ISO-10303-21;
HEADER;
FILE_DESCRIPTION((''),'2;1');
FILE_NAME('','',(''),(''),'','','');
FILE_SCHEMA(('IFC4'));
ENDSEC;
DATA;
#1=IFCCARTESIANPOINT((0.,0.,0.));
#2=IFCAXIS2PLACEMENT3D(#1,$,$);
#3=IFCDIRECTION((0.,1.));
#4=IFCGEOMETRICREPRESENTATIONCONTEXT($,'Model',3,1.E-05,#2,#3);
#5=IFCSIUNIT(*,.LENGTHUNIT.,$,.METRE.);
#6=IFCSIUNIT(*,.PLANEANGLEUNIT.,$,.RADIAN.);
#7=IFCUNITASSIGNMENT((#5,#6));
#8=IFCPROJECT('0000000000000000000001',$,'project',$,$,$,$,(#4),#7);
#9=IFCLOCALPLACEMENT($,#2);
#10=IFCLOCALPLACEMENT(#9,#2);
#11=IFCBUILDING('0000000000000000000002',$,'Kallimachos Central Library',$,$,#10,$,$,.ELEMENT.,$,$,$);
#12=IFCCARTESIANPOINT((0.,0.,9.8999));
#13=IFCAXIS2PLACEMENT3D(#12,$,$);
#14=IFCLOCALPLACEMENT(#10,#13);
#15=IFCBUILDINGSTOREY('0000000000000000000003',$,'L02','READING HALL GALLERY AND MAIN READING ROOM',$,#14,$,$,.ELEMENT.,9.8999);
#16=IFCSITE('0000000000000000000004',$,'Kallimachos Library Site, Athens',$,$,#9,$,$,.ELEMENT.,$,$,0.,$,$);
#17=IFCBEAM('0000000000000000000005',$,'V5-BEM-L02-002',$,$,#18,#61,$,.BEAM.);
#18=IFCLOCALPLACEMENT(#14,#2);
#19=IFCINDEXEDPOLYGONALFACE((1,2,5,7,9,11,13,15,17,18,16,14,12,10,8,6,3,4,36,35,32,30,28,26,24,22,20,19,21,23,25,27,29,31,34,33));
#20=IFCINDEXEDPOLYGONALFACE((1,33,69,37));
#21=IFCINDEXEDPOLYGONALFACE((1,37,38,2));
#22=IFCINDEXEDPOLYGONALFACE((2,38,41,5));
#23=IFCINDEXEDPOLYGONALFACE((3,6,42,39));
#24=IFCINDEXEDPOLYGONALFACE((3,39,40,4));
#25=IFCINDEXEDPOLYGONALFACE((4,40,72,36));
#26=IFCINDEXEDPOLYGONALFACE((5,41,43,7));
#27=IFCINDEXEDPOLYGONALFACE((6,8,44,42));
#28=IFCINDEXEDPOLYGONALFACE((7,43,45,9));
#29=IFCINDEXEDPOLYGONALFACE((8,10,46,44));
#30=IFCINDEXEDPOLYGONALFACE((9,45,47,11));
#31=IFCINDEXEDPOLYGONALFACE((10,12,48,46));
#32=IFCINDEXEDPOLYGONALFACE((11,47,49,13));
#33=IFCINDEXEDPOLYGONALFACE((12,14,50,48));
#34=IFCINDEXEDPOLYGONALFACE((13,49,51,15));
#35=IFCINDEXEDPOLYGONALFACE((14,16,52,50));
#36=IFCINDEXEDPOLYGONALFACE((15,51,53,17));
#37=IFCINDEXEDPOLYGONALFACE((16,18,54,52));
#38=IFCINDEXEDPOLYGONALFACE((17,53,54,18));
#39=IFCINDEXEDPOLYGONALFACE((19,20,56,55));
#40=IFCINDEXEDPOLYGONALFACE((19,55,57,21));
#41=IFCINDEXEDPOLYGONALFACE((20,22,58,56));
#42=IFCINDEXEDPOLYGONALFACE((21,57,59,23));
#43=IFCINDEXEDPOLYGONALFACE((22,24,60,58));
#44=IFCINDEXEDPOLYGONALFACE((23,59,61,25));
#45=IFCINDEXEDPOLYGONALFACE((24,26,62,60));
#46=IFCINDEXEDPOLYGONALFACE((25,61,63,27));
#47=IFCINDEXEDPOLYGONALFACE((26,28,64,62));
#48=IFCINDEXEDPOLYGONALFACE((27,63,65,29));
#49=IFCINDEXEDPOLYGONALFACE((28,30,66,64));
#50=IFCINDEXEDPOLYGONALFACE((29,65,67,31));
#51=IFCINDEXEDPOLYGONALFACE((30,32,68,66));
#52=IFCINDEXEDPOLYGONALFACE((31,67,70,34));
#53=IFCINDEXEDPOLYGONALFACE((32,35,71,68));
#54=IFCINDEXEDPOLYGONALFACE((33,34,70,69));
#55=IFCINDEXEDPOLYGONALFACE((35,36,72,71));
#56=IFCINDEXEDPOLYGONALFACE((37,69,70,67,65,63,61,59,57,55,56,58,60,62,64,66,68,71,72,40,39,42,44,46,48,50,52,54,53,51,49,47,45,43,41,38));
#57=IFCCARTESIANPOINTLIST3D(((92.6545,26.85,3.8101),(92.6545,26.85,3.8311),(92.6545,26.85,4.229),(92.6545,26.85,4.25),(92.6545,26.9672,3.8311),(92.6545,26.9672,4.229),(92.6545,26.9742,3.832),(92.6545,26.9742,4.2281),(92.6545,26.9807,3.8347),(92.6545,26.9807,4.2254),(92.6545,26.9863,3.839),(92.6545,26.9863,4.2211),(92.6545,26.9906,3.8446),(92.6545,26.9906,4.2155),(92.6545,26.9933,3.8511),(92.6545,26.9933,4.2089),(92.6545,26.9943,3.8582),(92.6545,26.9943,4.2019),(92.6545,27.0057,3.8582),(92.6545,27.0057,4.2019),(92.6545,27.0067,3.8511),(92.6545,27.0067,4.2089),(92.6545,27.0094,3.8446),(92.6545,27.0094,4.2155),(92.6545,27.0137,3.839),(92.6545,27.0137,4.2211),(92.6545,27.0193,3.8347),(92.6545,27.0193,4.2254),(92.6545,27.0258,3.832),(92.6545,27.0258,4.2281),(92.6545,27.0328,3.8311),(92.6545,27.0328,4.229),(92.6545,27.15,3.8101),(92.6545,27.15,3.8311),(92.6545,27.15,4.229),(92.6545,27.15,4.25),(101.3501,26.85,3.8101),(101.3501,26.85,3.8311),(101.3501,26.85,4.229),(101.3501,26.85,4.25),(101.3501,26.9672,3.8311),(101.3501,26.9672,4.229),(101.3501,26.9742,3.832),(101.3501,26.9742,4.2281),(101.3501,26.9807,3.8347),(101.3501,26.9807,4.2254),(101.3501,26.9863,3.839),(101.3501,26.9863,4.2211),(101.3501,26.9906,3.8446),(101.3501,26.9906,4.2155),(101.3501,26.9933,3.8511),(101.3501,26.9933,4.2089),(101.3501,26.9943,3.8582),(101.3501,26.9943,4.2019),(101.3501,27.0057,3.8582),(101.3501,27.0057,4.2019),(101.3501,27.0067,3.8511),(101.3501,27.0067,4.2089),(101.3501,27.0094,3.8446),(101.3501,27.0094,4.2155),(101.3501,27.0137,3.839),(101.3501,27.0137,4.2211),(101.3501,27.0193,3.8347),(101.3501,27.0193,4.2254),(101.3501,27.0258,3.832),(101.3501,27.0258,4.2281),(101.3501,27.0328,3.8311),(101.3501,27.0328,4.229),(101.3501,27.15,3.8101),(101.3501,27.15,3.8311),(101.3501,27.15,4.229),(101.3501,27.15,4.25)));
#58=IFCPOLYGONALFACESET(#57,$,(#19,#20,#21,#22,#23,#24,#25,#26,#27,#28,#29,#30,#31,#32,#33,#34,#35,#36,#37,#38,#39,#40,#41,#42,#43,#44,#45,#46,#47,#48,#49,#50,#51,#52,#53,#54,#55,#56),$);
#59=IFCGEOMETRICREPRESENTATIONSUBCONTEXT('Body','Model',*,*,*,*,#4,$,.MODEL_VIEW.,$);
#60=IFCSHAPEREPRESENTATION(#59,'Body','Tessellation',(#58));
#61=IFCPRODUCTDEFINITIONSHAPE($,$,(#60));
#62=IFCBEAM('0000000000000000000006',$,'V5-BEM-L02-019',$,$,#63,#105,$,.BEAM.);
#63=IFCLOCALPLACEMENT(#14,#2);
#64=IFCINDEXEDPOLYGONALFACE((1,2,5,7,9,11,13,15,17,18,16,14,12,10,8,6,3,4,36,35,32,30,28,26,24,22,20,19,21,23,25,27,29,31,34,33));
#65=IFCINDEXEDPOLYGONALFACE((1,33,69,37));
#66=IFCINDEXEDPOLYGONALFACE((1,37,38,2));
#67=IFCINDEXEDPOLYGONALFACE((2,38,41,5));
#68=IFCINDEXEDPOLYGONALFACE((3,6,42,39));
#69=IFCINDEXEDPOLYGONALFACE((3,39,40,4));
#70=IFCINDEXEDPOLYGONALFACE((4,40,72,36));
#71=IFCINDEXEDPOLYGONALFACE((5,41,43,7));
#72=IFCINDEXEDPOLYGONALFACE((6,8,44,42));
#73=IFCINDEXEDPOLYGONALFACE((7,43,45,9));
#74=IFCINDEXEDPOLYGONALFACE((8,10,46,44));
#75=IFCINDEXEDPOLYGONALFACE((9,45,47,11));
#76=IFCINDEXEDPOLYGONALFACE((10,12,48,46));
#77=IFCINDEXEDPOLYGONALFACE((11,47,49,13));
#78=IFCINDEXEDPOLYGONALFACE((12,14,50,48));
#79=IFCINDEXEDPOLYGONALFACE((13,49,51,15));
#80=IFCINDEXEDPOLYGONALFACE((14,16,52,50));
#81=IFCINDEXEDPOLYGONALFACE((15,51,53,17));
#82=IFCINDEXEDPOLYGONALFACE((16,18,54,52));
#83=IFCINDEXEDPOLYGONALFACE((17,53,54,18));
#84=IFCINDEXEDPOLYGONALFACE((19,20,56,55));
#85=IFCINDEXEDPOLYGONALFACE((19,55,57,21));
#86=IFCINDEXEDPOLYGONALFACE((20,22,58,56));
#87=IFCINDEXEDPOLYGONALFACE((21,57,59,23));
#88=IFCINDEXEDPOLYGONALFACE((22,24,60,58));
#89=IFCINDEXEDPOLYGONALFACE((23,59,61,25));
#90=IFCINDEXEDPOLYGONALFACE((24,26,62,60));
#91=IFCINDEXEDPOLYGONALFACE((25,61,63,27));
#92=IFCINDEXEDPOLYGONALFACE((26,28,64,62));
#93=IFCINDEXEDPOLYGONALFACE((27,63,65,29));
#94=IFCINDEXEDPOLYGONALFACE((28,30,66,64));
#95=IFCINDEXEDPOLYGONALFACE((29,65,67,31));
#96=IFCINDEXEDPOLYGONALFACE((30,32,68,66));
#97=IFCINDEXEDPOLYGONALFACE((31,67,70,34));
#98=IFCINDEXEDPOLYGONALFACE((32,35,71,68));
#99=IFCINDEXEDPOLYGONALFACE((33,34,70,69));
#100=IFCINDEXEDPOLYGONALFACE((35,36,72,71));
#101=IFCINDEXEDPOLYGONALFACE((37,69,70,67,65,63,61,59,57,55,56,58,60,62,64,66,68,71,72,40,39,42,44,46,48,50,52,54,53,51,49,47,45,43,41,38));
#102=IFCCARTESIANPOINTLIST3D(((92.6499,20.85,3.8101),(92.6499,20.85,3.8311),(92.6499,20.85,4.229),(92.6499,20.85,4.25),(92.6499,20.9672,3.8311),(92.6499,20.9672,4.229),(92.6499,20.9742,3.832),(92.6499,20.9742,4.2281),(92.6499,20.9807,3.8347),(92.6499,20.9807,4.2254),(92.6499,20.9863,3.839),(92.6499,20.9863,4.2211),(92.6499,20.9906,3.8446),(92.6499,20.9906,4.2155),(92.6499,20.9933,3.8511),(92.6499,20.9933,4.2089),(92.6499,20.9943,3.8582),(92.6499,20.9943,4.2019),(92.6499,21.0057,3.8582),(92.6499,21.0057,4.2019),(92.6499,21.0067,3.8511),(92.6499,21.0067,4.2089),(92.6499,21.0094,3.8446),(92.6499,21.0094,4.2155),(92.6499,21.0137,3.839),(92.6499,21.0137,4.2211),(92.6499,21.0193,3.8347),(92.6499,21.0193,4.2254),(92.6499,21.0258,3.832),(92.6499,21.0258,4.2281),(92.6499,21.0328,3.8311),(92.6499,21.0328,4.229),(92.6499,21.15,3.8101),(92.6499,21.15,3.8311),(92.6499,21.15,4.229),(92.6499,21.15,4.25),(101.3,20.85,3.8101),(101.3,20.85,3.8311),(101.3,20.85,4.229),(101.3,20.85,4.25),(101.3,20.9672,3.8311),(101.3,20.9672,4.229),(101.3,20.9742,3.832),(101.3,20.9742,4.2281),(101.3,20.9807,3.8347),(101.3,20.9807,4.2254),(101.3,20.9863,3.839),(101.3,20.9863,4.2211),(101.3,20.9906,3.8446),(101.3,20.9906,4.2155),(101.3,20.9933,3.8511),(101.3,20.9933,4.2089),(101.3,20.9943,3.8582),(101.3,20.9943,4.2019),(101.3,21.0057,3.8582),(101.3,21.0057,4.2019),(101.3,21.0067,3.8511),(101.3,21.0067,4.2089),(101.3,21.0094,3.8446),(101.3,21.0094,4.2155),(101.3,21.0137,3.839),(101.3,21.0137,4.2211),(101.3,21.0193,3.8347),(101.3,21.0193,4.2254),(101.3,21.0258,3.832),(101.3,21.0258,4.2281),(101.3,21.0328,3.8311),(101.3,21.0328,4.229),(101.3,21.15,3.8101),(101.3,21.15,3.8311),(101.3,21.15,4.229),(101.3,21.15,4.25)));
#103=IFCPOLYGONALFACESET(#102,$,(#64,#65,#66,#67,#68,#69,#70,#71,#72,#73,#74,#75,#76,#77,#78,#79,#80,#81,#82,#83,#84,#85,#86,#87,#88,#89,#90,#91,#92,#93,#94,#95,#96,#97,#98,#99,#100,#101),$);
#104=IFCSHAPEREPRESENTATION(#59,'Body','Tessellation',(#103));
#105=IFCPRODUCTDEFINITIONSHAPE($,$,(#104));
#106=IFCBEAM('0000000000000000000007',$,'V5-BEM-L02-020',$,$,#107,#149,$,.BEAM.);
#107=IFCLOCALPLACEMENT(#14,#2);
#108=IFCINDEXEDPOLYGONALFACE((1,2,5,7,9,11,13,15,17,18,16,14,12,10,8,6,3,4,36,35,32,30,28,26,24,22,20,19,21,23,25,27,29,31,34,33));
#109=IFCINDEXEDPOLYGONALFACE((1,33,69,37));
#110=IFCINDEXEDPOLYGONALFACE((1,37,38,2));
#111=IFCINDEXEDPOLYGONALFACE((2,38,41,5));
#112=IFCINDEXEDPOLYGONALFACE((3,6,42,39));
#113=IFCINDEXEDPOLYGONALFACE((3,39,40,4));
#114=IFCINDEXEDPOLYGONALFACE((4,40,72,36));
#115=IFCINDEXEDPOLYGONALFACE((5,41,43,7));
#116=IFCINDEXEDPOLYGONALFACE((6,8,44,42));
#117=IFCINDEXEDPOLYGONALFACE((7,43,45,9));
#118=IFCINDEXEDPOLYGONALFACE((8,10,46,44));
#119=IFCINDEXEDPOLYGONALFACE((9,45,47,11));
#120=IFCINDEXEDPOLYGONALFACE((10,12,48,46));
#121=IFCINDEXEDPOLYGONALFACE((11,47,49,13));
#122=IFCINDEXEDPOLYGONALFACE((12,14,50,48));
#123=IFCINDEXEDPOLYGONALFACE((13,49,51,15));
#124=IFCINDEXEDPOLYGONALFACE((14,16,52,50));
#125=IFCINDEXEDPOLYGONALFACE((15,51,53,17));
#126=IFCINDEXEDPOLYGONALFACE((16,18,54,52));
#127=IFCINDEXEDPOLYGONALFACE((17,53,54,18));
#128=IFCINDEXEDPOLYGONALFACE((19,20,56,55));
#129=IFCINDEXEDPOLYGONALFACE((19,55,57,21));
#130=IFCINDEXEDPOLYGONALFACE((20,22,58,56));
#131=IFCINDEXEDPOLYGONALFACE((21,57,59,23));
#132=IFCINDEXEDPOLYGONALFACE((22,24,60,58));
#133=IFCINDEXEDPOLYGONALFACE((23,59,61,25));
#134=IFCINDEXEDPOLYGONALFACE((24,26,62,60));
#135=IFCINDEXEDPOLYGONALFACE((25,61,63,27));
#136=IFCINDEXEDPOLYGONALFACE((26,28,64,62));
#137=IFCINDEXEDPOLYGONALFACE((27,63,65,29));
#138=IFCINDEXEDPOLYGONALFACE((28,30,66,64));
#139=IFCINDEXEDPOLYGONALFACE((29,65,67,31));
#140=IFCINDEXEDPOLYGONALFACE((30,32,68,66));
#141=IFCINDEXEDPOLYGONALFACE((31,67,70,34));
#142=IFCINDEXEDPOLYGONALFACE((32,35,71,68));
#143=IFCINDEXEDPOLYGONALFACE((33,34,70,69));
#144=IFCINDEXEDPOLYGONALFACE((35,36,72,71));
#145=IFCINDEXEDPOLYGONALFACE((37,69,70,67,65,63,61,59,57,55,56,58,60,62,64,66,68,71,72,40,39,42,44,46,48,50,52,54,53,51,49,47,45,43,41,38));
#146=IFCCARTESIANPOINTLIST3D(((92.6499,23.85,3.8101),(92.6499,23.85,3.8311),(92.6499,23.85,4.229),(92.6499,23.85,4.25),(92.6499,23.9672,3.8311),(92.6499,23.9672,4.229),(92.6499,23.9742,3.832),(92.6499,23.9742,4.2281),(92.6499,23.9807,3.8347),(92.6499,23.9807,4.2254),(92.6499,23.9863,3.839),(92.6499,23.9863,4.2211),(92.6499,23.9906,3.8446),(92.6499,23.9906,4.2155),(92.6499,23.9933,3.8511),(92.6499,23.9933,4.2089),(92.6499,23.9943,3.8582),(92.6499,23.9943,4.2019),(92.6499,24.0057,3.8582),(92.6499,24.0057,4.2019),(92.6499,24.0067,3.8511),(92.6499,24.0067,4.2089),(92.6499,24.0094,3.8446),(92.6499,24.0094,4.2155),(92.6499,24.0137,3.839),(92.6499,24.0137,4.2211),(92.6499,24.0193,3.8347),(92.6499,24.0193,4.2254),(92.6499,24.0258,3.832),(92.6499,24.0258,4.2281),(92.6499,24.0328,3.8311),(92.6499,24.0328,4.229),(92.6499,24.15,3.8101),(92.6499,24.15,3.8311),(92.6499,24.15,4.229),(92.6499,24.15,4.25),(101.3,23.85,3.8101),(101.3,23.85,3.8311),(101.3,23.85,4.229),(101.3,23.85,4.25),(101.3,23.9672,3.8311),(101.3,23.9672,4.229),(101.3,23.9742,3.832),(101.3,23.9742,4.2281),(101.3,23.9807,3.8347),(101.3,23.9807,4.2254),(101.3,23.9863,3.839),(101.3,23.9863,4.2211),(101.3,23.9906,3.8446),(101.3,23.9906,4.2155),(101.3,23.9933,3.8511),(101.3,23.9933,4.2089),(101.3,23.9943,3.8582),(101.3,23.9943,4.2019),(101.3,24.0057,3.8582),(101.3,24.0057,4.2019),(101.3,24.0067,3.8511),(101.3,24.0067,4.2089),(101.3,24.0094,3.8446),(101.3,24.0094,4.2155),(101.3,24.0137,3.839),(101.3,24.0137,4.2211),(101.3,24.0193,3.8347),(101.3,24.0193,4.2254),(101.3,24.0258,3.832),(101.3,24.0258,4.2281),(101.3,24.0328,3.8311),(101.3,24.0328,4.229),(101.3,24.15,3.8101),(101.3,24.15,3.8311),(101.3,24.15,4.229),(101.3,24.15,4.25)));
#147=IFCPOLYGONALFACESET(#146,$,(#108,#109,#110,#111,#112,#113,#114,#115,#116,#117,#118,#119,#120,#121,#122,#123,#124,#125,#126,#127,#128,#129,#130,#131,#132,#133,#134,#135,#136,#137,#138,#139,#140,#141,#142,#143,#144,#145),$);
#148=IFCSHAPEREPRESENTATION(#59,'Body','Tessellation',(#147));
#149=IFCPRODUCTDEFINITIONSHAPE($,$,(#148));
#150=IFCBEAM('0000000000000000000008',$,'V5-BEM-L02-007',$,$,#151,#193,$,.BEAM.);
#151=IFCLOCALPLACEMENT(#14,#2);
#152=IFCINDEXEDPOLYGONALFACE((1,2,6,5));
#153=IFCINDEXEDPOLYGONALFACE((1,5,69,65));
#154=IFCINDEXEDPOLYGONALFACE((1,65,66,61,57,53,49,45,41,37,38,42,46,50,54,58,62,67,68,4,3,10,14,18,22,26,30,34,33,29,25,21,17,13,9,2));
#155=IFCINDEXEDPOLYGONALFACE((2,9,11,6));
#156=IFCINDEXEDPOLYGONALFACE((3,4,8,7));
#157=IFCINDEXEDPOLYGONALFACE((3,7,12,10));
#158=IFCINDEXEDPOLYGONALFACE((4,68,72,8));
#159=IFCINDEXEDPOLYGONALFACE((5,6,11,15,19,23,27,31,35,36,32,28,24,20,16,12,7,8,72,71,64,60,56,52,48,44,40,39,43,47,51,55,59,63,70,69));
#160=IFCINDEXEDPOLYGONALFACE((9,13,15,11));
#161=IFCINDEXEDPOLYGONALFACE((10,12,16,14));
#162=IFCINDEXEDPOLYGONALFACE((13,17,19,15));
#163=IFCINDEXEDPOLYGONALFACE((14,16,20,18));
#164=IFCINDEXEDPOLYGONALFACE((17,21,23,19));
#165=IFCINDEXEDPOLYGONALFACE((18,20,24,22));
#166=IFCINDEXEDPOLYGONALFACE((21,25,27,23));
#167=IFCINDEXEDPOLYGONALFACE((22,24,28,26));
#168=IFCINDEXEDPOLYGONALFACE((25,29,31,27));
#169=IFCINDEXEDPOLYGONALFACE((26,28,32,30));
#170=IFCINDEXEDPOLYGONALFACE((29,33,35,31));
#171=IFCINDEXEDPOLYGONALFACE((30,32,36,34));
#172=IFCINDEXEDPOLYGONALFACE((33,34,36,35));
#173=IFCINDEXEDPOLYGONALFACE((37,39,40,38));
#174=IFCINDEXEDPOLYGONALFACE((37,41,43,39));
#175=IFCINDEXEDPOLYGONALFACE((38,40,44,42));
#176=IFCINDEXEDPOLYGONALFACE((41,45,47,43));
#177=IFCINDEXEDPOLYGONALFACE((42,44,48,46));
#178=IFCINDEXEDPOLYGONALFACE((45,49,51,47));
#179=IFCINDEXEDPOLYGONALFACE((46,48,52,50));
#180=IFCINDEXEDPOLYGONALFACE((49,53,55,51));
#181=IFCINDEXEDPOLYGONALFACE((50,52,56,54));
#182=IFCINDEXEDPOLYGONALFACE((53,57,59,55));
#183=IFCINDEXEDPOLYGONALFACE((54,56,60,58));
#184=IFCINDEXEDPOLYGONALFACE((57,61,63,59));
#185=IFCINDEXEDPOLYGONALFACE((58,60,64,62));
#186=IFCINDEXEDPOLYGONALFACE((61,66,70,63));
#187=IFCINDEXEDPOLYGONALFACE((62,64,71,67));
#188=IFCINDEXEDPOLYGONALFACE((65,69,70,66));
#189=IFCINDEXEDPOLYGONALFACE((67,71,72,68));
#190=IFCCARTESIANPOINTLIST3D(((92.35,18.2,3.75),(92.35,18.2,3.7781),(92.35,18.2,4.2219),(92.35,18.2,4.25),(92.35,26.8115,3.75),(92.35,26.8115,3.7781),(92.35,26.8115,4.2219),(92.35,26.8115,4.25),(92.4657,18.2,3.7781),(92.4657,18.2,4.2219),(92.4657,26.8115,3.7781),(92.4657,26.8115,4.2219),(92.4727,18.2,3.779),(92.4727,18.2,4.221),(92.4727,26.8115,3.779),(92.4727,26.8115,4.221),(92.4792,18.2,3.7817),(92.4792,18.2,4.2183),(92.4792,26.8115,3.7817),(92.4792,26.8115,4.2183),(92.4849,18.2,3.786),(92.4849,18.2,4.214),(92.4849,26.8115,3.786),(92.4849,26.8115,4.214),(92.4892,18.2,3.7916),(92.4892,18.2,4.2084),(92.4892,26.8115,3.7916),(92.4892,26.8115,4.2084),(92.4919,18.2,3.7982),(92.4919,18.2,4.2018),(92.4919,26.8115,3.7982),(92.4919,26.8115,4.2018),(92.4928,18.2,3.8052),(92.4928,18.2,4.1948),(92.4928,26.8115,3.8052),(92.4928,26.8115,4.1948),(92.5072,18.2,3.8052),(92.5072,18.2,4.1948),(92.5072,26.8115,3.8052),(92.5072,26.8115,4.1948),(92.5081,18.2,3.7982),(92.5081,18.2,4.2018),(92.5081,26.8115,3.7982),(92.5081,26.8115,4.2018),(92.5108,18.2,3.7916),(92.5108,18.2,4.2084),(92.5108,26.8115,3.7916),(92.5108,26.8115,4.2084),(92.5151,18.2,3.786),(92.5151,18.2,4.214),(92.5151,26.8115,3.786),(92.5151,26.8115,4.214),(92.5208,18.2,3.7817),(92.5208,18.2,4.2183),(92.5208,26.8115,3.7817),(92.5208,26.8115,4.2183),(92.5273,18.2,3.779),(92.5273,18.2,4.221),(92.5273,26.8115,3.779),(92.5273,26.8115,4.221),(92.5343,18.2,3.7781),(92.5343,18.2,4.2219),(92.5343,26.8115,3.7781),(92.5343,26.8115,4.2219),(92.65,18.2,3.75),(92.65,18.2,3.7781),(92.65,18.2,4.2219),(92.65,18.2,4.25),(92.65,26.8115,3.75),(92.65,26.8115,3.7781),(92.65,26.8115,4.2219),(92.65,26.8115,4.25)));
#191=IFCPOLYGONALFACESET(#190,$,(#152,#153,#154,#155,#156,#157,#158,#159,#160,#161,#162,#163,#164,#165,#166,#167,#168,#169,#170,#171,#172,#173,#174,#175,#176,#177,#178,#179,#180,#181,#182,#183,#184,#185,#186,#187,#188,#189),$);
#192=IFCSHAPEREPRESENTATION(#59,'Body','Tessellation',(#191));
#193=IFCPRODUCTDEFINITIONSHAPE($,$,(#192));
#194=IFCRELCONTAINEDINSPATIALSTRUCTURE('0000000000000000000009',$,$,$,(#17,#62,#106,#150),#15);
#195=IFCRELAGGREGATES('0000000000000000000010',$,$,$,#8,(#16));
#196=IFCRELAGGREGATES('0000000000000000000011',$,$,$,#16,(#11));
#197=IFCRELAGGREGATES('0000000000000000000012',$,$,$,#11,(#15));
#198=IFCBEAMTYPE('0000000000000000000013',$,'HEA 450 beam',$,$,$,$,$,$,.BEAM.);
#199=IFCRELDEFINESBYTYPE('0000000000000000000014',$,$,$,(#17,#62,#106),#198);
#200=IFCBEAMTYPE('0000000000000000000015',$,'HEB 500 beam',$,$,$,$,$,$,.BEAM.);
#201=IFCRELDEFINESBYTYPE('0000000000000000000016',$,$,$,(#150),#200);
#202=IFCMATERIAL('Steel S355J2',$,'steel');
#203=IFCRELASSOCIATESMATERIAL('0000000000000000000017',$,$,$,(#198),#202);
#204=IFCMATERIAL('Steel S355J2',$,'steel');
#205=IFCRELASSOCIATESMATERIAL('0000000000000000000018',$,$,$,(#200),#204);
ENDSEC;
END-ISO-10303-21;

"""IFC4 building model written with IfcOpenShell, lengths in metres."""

from ifc_helpers import new_model, si_unit, direction, frame, origin, origin_2d, place, context, subcontext, project, spatial, i_section, extrude, material, material_profile, profile_set, type_object, element, save


model = new_model("IFC4")

# Units and contexts
model_context = context("Model", 3, precision=1e-05, world=origin(), true_north=direction((0.0, 1.0)))
body_context = subcontext(model_context, "Body", "Model", "MODEL_VIEW")
ifc_project = project(units=[si_unit("LENGTHUNIT", "METRE"), si_unit("PLANEANGLEUNIT", "RADIAN")], contexts=[model_context])

# Site, building, storey
site_placement = place(None, origin())
site = spatial("IfcSite", under=ifc_project, at=site_placement, Name="Kallimachos Library Site, Athens", CompositionType="ELEMENT", RefElevation=0.0)
building_placement = place(site_placement, origin())
building = spatial("IfcBuilding", under=site, at=building_placement, Name="Kallimachos Central Library", CompositionType="ELEMENT")
storey_placement = place(building_placement, frame((0.0, 0.0, 9.8999)))
storey = spatial("IfcBuildingStorey", under=building, at=storey_placement, Name="L02", Description="READING HALL GALLERY AND MAIN READING ROOM", CompositionType="ELEMENT", Elevation=9.8999)

# Beams
ifc_material_1 = material(Name="Steel S355J2", Category="steel")
ifc_material_profile_1 = material_profile(ifc_material_1, i_section(OverallWidth=0.3, OverallDepth=0.4399, WebThickness=0.0115, FlangeThickness=0.021, FilletRadius=0.0271, at=origin_2d()), Name="HEA 450")
ifc_profile_set_1 = profile_set([ifc_material_profile_1], Name="Steel S355J2")
beam_type_1 = type_object("IfcBeamType", Name="HEA 450 beam", PredefinedType="BEAM", material=ifc_profile_set_1)
beam_1_placement = place(storey_placement, frame((92.6545, 27.0, 4.03), z_axis=(1.0, 0.0, 0.0), x_axis=(0.0, 1.0, 0.0)))
element("IfcBeam", 1, at=beam_1_placement, inside=storey, type_object=beam_type_1, Name="V5-BEM-L02-002", PredefinedType="BEAM", context=body_context, shape_type="SweptSolid", body=[
    extrude(i_section(OverallWidth=0.3, OverallDepth=0.4399, WebThickness=0.0115, FlangeThickness=0.021, FilletRadius=0.0271, at=origin_2d()), origin(), (0.0, 0.0, 1.0), 8.6956),
])
for number, where, z_axis, x_axis, name in (
    (2, (92.6499, 21.0, 4.03), (1.0, 0.0, 0.0), (0.0, 1.0, 0.0), "V5-BEM-L02-019"),
    (3, (92.6499, 24.0, 4.03), (1.0, 0.0, 0.0), (0.0, 1.0, 0.0), "V5-BEM-L02-020"),
):
    element("IfcBeam", number, at=place(storey_placement, frame(where, z_axis=z_axis, x_axis=x_axis)), inside=storey, type_object=beam_type_1, Name=name, PredefinedType="BEAM", context=body_context, shape_type="SweptSolid", body=[
        extrude(i_section(OverallWidth=0.3, OverallDepth=0.4399, WebThickness=0.0115, FlangeThickness=0.021, FilletRadius=0.0271, at=origin_2d()), origin(), (0.0, 0.0, 1.0), 8.6501),
    ])
ifc_material_2 = material(Name="Steel S355J2", Category="steel")
ifc_material_profile_2 = material_profile(ifc_material_2, i_section(OverallWidth=0.3, OverallDepth=0.5, WebThickness=0.0144, FlangeThickness=0.0281, FilletRadius=0.0271, at=origin_2d()), Name="HEB 500")
ifc_profile_set_2 = profile_set([ifc_material_profile_2], Name="Steel S355J2")
beam_type_2 = type_object("IfcBeamType", Name="HEB 500 beam", PredefinedType="BEAM", material=ifc_profile_set_2)
beam_2_placement = place(storey_placement, frame((92.5, 18.2, 4.0), z_axis=(0.0, 1.0, 0.0), x_axis=(-1.0, 0.0, 0.0)))
element("IfcBeam", 4, at=beam_2_placement, inside=storey, type_object=beam_type_2, Name="V5-BEM-L02-007", PredefinedType="BEAM", context=body_context, shape_type="SweptSolid", body=[
    extrude(i_section(OverallWidth=0.3, OverallDepth=0.5, WebThickness=0.0144, FlangeThickness=0.0281, FilletRadius=0.0271, at=origin_2d()), origin(), (0.0, 0.0, 1.0), 8.6116),
])

save(model, "model.ifc")
